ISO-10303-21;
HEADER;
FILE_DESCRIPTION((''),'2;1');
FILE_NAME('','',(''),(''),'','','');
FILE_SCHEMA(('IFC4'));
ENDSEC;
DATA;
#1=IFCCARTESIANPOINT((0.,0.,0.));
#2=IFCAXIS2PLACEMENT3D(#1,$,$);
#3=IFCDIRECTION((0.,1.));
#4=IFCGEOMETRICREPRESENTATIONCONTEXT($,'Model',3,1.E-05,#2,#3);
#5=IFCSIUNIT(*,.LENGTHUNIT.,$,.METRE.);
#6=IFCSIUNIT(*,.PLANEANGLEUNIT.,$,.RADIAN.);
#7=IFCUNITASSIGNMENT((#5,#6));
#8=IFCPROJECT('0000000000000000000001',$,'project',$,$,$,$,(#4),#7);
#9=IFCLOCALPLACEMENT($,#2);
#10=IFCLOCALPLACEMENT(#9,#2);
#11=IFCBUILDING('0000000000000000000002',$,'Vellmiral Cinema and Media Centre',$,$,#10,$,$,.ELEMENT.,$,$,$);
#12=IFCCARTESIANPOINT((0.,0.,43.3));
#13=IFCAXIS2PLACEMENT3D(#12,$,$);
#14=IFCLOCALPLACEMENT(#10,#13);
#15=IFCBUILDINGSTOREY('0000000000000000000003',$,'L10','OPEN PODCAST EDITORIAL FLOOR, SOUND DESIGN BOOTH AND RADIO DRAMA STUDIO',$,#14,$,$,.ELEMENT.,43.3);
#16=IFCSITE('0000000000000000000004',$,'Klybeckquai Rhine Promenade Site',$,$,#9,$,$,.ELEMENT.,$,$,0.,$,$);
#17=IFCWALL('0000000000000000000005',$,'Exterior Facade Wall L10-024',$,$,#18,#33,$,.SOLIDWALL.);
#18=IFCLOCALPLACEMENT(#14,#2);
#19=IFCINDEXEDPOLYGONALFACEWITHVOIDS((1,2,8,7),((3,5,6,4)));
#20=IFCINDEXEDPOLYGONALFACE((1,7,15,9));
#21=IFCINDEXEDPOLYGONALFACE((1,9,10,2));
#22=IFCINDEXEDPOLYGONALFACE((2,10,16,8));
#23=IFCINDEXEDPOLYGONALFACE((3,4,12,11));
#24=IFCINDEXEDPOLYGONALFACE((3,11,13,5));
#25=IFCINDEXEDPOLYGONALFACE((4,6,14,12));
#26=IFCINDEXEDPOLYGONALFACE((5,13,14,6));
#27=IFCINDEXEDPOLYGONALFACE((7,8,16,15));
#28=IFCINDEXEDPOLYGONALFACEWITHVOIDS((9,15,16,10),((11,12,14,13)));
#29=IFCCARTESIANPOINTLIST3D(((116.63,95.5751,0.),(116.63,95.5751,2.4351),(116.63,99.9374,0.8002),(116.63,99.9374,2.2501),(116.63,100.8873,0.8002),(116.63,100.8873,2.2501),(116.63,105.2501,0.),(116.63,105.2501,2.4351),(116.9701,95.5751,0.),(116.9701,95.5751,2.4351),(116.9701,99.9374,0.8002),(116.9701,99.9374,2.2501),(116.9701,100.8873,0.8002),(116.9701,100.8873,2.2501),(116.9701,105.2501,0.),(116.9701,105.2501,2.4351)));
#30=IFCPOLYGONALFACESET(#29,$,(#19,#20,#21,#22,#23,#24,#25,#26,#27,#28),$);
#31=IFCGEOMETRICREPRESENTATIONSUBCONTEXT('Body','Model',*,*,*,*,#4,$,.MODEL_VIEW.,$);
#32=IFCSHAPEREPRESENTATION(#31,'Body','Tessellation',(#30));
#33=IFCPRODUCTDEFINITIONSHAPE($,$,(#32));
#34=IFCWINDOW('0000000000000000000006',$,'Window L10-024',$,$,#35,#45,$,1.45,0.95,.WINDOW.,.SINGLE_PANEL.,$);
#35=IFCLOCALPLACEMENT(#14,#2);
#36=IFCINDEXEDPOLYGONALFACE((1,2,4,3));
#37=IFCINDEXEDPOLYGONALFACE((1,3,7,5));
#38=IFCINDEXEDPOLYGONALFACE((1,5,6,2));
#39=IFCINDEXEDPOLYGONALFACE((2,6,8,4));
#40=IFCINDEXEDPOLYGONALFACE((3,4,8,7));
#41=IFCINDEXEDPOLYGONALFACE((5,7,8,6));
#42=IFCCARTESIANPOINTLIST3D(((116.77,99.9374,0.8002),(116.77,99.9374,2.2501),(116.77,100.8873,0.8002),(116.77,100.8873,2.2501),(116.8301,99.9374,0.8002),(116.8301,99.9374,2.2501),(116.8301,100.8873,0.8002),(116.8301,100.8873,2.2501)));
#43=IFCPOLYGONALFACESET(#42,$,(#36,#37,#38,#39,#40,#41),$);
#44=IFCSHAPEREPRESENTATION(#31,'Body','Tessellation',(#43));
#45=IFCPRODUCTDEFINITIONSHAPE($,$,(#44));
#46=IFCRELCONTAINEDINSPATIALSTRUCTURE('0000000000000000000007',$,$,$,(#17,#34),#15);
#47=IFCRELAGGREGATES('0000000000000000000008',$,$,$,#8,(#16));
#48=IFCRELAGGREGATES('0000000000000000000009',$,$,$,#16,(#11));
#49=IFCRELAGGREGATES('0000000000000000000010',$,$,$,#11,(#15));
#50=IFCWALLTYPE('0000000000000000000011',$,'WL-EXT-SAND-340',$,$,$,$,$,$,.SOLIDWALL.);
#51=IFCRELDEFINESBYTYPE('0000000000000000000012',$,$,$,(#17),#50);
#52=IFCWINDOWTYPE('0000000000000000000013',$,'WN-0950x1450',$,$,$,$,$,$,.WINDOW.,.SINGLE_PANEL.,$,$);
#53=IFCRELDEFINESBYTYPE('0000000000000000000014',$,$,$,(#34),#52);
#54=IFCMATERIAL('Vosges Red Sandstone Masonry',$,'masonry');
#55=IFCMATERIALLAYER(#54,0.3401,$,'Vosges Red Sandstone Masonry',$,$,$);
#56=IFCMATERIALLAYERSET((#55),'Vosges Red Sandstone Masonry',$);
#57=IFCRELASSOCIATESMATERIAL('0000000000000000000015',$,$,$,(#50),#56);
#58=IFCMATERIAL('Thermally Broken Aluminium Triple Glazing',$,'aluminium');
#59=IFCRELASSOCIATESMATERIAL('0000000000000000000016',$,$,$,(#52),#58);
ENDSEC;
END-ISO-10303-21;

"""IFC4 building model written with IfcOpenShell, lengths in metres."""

from ifc_helpers import new_model, si_unit, direction, frame, frame_2d, origin, place, context, subcontext, project, spatial, rectangle, extrude, material, layer, layer_set, type_object, element, fill, save


model = new_model("IFC4")

# Units and contexts
model_context = context("Model", 3, precision=1e-05, world=origin(), true_north=direction((0.0, 1.0)))
body_context = subcontext(model_context, "Body", "Model", "MODEL_VIEW")
ifc_project = project(units=[si_unit("LENGTHUNIT", "METRE"), si_unit("PLANEANGLEUNIT", "RADIAN")], contexts=[model_context])

# Site, building, storey
site_placement = place(None, origin())
site = spatial("IfcSite", under=ifc_project, at=site_placement, Name="Klybeckquai Rhine Promenade Site", CompositionType="ELEMENT", RefElevation=0.0)
building_placement = place(site_placement, origin())
building = spatial("IfcBuilding", under=site, at=building_placement, Name="Vellmiral Cinema and Media Centre", CompositionType="ELEMENT")
storey_placement = place(building_placement, frame((0.0, 0.0, 43.3)))
storey = spatial("IfcBuildingStorey", under=building, at=storey_placement, Name="L10", Description="OPEN PODCAST EDITORIAL FLOOR, SOUND DESIGN BOOTH AND RADIO DRAMA STUDIO", CompositionType="ELEMENT", Elevation=43.3)

# Wall, opening, window
ifc_material_1 = material(Name="Vosges Red Sandstone Masonry", Category="masonry")
ifc_layer_1 = layer(ifc_material_1, 0.3401, Name="Vosges Red Sandstone Masonry")
ifc_layer_set_1 = layer_set([ifc_layer_1], Name="Vosges Red Sandstone Masonry")
wall_type_1 = type_object("IfcWallType", Name="WL-EXT-SAND-340", PredefinedType="SOLIDWALL", material=ifc_layer_set_1)
wall_1_placement = place(storey_placement, frame((116.8, 105.25, 0.0), z_axis=(0.0, 0.0, 1.0), x_axis=(0.0, -1.0, 0.0)))
wall_1 = element("IfcWall", 1, at=wall_1_placement, inside=storey, type_object=wall_type_1, Name="Exterior Facade Wall L10-024", PredefinedType="SOLIDWALL", context=body_context, shape_type="SweptSolid", body=[
    extrude(rectangle(XDim=9.675, YDim=0.3401, at=frame_2d((4.8374, 0.0))), origin(), (0.0, 0.0, 1.0), 2.4351),
])
opening_1_placement = place(wall_1_placement, frame((4.3625, 0.0, 0.8)))
opening_1 = element("IfcOpeningElement", 2, at=opening_1_placement, cuts=wall_1, PredefinedType="OPENING", context=body_context, shape_type="SweptSolid", body=[
    extrude(rectangle(XDim=0.95, YDim=1.45, at=frame_2d((0.4751, 0.7251))), frame((0.0, 0.1821, 0.0), z_axis=(0.0, -1.0, 0.0), x_axis=(1.0, 0.0, 0.0)), (0.0, 0.0, 1.0), 0.364),
])
ifc_material_2 = material(Name="Thermally Broken Aluminium Triple Glazing", Category="aluminium")
window_type_1 = type_object("IfcWindowType", Name="WN-0950x1450", PartitioningType="SINGLE_PANEL", PredefinedType="WINDOW", material=ifc_material_2)
window_1_placement = place(opening_1_placement, origin())
window_1 = element("IfcWindow", 3, at=window_1_placement, inside=storey, type_object=window_type_1, Name="Window L10-024", OverallHeight=1.45, OverallWidth=0.95, PartitioningType="SINGLE_PANEL", PredefinedType="WINDOW", context=body_context, shape_type="SweptSolid", body=[
    extrude(rectangle(XDim=0.95, YDim=1.45, at=frame_2d((0.4751, 0.7251))), frame((0.0, 0.03, 0.0), z_axis=(0.0, -1.0, 0.0), x_axis=(1.0, 0.0, 0.0)), (0.0, 0.0, 1.0), 0.0601),
])
fill(opening_1, window_1)

save(model, "model.ifc")
